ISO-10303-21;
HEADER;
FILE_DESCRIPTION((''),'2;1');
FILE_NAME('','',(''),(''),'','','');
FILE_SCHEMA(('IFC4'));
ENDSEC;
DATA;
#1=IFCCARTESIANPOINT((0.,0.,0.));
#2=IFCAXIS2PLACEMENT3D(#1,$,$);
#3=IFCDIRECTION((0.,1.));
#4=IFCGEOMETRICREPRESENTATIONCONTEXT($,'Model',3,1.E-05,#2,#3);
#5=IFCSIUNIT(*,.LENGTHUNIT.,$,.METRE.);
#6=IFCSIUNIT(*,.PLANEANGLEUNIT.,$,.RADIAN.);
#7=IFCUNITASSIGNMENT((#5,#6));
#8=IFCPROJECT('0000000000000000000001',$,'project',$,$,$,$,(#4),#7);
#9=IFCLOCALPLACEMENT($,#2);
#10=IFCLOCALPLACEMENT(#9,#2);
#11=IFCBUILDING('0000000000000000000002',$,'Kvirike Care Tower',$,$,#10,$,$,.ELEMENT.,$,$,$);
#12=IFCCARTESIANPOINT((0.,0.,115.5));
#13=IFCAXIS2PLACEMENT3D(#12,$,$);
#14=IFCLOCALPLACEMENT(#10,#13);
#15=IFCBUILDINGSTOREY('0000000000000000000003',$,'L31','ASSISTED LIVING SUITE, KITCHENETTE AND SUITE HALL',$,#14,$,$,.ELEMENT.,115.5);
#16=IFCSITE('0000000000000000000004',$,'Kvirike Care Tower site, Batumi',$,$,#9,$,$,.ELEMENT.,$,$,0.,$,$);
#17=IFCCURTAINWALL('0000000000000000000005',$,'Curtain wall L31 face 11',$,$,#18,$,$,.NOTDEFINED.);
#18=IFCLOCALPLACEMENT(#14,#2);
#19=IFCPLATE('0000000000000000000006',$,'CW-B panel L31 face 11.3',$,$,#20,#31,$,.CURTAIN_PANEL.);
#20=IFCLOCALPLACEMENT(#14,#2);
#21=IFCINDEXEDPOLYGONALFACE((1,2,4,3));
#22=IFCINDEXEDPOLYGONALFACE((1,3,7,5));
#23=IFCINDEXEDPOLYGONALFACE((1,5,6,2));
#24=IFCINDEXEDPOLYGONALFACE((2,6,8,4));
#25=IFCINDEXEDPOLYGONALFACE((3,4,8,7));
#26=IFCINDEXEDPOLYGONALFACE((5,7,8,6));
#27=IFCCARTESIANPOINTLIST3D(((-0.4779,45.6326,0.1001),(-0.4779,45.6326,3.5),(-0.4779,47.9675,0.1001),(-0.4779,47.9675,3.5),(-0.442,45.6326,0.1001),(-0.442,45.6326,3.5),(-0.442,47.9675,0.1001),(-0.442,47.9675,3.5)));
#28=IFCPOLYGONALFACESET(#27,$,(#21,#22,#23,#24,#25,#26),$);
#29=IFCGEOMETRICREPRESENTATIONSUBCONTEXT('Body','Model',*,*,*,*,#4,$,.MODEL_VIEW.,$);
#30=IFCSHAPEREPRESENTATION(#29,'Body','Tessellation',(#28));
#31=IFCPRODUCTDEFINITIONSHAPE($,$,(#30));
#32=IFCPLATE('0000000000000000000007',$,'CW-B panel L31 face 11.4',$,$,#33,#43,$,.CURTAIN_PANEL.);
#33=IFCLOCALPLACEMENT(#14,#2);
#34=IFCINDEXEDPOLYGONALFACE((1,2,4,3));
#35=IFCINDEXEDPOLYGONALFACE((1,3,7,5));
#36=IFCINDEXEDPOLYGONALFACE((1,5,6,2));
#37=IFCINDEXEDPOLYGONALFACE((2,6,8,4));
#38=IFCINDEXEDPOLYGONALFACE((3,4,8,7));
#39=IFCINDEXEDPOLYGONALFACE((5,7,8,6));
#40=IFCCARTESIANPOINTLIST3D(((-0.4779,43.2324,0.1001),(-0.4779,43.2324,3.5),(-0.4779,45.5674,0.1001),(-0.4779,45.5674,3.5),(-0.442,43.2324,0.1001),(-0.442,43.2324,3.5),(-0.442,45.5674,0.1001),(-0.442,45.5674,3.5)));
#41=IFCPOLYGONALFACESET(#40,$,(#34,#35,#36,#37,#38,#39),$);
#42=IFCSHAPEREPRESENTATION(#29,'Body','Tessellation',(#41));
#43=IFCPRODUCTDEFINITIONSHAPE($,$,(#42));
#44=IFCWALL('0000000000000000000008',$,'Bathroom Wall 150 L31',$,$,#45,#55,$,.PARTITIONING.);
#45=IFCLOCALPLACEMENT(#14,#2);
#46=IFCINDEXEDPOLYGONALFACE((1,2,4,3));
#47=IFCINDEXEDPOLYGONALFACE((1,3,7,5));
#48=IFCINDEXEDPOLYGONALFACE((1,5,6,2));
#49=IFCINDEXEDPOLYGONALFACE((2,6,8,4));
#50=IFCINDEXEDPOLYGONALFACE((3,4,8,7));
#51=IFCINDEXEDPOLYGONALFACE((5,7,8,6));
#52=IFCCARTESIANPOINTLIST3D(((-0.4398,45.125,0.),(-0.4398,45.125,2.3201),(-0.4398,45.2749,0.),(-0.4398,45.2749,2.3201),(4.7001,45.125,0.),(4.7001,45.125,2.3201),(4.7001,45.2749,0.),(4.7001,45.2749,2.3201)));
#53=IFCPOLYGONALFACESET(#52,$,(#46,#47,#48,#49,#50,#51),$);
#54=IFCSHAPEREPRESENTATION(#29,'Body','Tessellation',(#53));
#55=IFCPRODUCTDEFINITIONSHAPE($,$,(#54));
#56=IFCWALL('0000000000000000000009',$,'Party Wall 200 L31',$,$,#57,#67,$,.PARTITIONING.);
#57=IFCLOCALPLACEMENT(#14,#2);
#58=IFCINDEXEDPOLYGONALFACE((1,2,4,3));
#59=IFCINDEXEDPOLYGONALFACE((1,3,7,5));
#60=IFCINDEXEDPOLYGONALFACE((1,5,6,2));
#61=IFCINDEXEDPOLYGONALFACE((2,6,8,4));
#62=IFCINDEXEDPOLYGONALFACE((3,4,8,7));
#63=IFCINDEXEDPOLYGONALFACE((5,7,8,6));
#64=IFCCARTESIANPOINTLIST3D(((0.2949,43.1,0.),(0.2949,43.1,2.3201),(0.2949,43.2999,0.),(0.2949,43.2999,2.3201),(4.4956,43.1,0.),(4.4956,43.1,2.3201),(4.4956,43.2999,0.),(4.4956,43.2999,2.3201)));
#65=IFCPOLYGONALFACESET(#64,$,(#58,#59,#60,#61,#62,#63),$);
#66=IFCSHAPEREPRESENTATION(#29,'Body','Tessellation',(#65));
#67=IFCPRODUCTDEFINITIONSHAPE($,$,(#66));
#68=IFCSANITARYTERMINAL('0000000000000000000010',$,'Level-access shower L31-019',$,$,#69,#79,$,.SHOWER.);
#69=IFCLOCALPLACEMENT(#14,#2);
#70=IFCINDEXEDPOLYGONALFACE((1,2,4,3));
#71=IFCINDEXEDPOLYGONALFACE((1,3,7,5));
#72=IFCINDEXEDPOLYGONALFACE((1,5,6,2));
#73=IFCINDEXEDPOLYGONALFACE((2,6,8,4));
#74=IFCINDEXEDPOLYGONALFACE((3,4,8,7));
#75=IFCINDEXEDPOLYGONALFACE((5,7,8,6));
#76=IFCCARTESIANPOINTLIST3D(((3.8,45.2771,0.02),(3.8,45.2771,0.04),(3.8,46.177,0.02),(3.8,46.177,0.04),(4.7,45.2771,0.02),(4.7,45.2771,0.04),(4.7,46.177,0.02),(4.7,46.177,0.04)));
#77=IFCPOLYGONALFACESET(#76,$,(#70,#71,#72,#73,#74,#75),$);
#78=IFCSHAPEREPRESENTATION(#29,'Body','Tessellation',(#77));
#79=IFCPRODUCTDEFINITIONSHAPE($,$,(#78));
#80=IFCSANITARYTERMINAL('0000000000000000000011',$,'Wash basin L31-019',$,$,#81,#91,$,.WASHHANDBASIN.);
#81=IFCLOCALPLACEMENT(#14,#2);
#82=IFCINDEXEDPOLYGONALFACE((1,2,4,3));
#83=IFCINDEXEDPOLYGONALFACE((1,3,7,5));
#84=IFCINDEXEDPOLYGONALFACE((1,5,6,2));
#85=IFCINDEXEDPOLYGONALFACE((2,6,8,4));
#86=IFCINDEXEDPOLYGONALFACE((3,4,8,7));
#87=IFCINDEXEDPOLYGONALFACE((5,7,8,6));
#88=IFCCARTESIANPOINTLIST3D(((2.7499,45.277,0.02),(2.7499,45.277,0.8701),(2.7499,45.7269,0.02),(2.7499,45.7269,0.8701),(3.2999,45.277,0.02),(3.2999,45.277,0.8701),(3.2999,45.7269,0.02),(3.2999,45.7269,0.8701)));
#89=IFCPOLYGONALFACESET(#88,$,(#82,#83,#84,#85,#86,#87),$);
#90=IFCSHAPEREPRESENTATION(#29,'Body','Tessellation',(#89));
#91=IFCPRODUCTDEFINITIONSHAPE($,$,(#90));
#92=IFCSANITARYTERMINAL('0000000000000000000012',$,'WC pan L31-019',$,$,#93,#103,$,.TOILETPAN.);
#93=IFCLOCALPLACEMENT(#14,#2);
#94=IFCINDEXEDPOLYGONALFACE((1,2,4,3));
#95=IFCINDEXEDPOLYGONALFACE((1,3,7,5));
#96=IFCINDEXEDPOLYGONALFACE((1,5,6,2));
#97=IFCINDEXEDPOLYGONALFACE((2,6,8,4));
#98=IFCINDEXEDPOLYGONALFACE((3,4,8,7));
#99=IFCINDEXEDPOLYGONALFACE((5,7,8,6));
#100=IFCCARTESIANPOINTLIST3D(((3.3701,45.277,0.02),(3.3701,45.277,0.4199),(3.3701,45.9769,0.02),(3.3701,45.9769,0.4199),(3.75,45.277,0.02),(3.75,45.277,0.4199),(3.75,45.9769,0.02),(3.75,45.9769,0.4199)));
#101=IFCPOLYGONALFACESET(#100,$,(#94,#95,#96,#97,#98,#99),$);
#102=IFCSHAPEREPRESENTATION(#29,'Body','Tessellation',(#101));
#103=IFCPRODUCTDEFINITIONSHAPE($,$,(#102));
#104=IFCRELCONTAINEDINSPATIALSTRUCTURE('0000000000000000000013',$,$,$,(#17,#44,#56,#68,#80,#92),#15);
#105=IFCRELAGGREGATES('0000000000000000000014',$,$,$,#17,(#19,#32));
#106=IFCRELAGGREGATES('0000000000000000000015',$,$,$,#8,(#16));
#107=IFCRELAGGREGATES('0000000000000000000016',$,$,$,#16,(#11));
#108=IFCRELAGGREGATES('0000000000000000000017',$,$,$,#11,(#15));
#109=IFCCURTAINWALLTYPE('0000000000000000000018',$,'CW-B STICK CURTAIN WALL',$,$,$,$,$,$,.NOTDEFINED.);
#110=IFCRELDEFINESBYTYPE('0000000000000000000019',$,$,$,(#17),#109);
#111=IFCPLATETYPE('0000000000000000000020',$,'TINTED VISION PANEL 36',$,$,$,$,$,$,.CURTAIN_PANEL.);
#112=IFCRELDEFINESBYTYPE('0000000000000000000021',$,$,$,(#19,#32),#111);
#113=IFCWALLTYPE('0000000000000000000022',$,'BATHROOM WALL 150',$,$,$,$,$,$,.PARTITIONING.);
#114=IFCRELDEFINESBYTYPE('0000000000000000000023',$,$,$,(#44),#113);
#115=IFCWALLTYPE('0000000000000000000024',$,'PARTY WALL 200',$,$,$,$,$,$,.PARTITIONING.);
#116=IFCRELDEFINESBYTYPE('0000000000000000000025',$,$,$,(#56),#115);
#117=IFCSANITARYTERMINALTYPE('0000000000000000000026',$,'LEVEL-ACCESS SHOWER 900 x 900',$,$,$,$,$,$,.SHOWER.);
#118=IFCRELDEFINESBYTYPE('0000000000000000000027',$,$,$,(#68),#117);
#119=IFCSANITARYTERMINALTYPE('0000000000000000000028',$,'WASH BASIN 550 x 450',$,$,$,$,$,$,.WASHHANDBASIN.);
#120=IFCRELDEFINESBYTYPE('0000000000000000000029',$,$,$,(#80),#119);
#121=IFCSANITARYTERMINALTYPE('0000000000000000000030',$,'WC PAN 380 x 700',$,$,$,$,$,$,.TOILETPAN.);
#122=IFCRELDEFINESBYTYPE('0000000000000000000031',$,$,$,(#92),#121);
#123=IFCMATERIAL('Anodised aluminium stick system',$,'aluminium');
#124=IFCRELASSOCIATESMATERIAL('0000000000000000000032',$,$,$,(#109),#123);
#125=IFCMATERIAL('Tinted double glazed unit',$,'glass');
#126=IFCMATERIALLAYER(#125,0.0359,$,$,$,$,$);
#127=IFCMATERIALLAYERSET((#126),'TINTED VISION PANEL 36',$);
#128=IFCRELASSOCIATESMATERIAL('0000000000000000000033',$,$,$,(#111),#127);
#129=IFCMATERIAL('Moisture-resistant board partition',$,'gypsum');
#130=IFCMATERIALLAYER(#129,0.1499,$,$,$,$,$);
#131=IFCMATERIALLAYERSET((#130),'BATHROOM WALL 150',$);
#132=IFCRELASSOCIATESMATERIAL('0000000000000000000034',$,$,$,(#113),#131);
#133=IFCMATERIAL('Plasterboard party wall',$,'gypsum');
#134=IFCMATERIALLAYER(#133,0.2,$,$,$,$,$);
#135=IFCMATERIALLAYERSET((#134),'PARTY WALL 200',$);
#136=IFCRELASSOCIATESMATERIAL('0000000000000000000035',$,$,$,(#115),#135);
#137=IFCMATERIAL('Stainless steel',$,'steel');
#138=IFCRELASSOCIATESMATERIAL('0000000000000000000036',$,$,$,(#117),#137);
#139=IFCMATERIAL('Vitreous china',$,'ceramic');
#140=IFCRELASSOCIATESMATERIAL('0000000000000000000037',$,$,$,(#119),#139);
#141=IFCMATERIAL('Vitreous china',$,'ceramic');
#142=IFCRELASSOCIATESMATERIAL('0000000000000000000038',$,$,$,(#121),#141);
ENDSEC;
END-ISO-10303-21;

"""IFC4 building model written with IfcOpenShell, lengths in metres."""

from ifc_helpers import new_model, si_unit, direction, frame, frame_2d, origin, origin_2d, place, context, subcontext, project, spatial, rectangle, extrude, material, layer, layer_set, type_object, element, aggregate, save


model = new_model("IFC4")

# Units and contexts
model_context = context("Model", 3, precision=1e-05, world=origin(), true_north=direction((0.0, 1.0)))
body_context = subcontext(model_context, "Body", "Model", "MODEL_VIEW")
ifc_project = project(units=[si_unit("LENGTHUNIT", "METRE"), si_unit("PLANEANGLEUNIT", "RADIAN")], contexts=[model_context])

# Site, building, storey
site_placement = place(None, origin())
site = spatial("IfcSite", under=ifc_project, at=site_placement, Name="Kvirike Care Tower site, Batumi", CompositionType="ELEMENT", RefElevation=0.0)
building_placement = place(site_placement, origin())
building = spatial("IfcBuilding", under=site, at=building_placement, Name="Kvirike Care Tower", CompositionType="ELEMENT")
storey_placement = place(building_placement, frame((0.0, 0.0, 115.5)))
storey = spatial("IfcBuildingStorey", under=building, at=storey_placement, Name="L31", Description="ASSISTED LIVING SUITE, KITCHENETTE AND SUITE HALL", CompositionType="ELEMENT", Elevation=115.5)

# Curtain wall
ifc_material_1 = material(Name="Anodised aluminium stick system", Category="aluminium")
curtain_wall_type = type_object("IfcCurtainWallType", Name="CW-B STICK CURTAIN WALL", PredefinedType="NOTDEFINED", material=ifc_material_1)
curtain_wall_placement = place(storey_placement, origin())
curtain_wall = element("IfcCurtainWall", 1, at=curtain_wall_placement, inside=storey, type_object=curtain_wall_type, Name="Curtain wall L31 face 11", PredefinedType="NOTDEFINED")

# Plates
ifc_material_2 = material(Name="Tinted double glazed unit", Category="glass")
ifc_layer_1 = layer(ifc_material_2, 0.0359)
ifc_layer_set_1 = layer_set([ifc_layer_1], Name="TINTED VISION PANEL 36")
plate_type = type_object("IfcPlateType", Name="TINTED VISION PANEL 36", PredefinedType="CURTAIN_PANEL", material=ifc_layer_set_1)
plate_1_placement = place(storey_placement, frame((-0.46, 46.8, 0.1001), z_axis=(0.0, 0.0, 1.0), x_axis=(0.0, -1.0, 0.0)))
plate_1 = element("IfcPlate", 2, at=plate_1_placement, type_object=plate_type, Name="CW-B panel L31 face 11.3", PredefinedType="CURTAIN_PANEL", context=body_context, shape_type="SweptSolid", body=[
    extrude(rectangle(XDim=2.335, YDim=0.0359, at=origin_2d()), origin(), (0.0, 0.0, 1.0), 3.3999),
])
plate_2_placement = place(storey_placement, frame((-0.46, 44.3999, 0.1001), z_axis=(0.0, 0.0, 1.0), x_axis=(0.0, -1.0, 0.0)))
plate_2 = element("IfcPlate", 3, at=plate_2_placement, type_object=plate_type, Name="CW-B panel L31 face 11.4", PredefinedType="CURTAIN_PANEL", context=body_context, shape_type="SweptSolid", body=[
    extrude(rectangle(XDim=2.335, YDim=0.0359, at=origin_2d()), origin(), (0.0, 0.0, 1.0), 3.3999),
])
aggregate(curtain_wall, [plate_1, plate_2])

# Walls
ifc_material_3 = material(Name="Moisture-resistant board partition", Category="gypsum")
ifc_layer_2 = layer(ifc_material_3, 0.1499)
ifc_layer_set_2 = layer_set([ifc_layer_2], Name="BATHROOM WALL 150")
wall_type_1 = type_object("IfcWallType", Name="BATHROOM WALL 150", PredefinedType="PARTITIONING", material=ifc_layer_set_2)
wall_1_placement = place(storey_placement, frame((4.7, 45.2, 0.0), z_axis=(0.0, 0.0, 1.0), x_axis=(-1.0, 0.0, 0.0)))
element("IfcWall", 4, at=wall_1_placement, inside=storey, type_object=wall_type_1, Name="Bathroom Wall 150 L31", PredefinedType="PARTITIONING", context=body_context, shape_type="SweptSolid", body=[
    extrude(rectangle(XDim=5.1399, YDim=0.1499, at=frame_2d((2.5698, 0.0))), origin(), (0.0, 0.0, 1.0), 2.3201),
])
ifc_material_4 = material(Name="Plasterboard party wall", Category="gypsum")
ifc_layer_3 = layer(ifc_material_4, 0.2)
ifc_layer_set_3 = layer_set([ifc_layer_3], Name="PARTY WALL 200")
wall_type_2 = type_object("IfcWallType", Name="PARTY WALL 200", PredefinedType="PARTITIONING", material=ifc_layer_set_3)
wall_2_placement = place(storey_placement, frame((4.4956, 43.2, 0.0), z_axis=(0.0, 0.0, 1.0), x_axis=(-1.0, 0.0, 0.0)))
element("IfcWall", 5, at=wall_2_placement, inside=storey, type_object=wall_type_2, Name="Party Wall 200 L31", PredefinedType="PARTITIONING", context=body_context, shape_type="SweptSolid", body=[
    extrude(rectangle(XDim=4.2007, YDim=0.2, at=frame_2d((2.1003, 0.0))), origin(), (0.0, 0.0, 1.0), 2.3201),
])

# Sanitary terminals
ifc_material_5 = material(Name="Stainless steel", Category="steel")
sanitary_terminal_type_1 = type_object("IfcSanitaryTerminalType", Name="LEVEL-ACCESS SHOWER 900 x 900", PredefinedType="SHOWER", material=ifc_material_5)
sanitary_terminal_1_placement = place(storey_placement, frame((4.25, 45.7271, 0.02), z_axis=(0.0, 0.0, 1.0), x_axis=(-1.0, 0.0, 0.0)))
element("IfcSanitaryTerminal", 6, at=sanitary_terminal_1_placement, inside=storey, type_object=sanitary_terminal_type_1, Name="Level-access shower L31-019", PredefinedType="SHOWER", context=body_context, shape_type="SweptSolid", body=[
    extrude(rectangle(XDim=0.8999, YDim=0.8999, at=origin_2d()), origin(), (0.0, 0.0, 1.0), 0.02),
])
ifc_material_6 = material(Name="Vitreous china", Category="ceramic")
sanitary_terminal_type_2 = type_object("IfcSanitaryTerminalType", Name="WASH BASIN 550 x 450", PredefinedType="WASHHANDBASIN", material=ifc_material_6)
sanitary_terminal_2_placement = place(storey_placement, frame((3.0249, 45.502, 0.02), z_axis=(0.0, 0.0, 1.0), x_axis=(-1.0, 0.0, 0.0)))
element("IfcSanitaryTerminal", 7, at=sanitary_terminal_2_placement, inside=storey, type_object=sanitary_terminal_type_2, Name="Wash basin L31-019", PredefinedType="WASHHANDBASIN", context=body_context, shape_type="SweptSolid", body=[
    extrude(rectangle(XDim=0.55, YDim=0.45, at=origin_2d()), origin(), (0.0, 0.0, 1.0), 0.8501),
])
ifc_material_7 = material(Name="Vitreous china", Category="ceramic")
sanitary_terminal_type_3 = type_object("IfcSanitaryTerminalType", Name="WC PAN 380 x 700", PredefinedType="TOILETPAN", material=ifc_material_7)
sanitary_terminal_3_placement = place(storey_placement, frame((3.5601, 45.627, 0.02), z_axis=(0.0, 0.0, 1.0), x_axis=(-1.0, 0.0, 0.0)))
element("IfcSanitaryTerminal", 8, at=sanitary_terminal_3_placement, inside=storey, type_object=sanitary_terminal_type_3, Name="WC pan L31-019", PredefinedType="TOILETPAN", context=body_context, shape_type="SweptSolid", body=[
    extrude(rectangle(XDim=0.3799, YDim=0.7, at=origin_2d()), origin(), (0.0, 0.0, 1.0), 0.3999),
])

save(model, "model.ifc")
